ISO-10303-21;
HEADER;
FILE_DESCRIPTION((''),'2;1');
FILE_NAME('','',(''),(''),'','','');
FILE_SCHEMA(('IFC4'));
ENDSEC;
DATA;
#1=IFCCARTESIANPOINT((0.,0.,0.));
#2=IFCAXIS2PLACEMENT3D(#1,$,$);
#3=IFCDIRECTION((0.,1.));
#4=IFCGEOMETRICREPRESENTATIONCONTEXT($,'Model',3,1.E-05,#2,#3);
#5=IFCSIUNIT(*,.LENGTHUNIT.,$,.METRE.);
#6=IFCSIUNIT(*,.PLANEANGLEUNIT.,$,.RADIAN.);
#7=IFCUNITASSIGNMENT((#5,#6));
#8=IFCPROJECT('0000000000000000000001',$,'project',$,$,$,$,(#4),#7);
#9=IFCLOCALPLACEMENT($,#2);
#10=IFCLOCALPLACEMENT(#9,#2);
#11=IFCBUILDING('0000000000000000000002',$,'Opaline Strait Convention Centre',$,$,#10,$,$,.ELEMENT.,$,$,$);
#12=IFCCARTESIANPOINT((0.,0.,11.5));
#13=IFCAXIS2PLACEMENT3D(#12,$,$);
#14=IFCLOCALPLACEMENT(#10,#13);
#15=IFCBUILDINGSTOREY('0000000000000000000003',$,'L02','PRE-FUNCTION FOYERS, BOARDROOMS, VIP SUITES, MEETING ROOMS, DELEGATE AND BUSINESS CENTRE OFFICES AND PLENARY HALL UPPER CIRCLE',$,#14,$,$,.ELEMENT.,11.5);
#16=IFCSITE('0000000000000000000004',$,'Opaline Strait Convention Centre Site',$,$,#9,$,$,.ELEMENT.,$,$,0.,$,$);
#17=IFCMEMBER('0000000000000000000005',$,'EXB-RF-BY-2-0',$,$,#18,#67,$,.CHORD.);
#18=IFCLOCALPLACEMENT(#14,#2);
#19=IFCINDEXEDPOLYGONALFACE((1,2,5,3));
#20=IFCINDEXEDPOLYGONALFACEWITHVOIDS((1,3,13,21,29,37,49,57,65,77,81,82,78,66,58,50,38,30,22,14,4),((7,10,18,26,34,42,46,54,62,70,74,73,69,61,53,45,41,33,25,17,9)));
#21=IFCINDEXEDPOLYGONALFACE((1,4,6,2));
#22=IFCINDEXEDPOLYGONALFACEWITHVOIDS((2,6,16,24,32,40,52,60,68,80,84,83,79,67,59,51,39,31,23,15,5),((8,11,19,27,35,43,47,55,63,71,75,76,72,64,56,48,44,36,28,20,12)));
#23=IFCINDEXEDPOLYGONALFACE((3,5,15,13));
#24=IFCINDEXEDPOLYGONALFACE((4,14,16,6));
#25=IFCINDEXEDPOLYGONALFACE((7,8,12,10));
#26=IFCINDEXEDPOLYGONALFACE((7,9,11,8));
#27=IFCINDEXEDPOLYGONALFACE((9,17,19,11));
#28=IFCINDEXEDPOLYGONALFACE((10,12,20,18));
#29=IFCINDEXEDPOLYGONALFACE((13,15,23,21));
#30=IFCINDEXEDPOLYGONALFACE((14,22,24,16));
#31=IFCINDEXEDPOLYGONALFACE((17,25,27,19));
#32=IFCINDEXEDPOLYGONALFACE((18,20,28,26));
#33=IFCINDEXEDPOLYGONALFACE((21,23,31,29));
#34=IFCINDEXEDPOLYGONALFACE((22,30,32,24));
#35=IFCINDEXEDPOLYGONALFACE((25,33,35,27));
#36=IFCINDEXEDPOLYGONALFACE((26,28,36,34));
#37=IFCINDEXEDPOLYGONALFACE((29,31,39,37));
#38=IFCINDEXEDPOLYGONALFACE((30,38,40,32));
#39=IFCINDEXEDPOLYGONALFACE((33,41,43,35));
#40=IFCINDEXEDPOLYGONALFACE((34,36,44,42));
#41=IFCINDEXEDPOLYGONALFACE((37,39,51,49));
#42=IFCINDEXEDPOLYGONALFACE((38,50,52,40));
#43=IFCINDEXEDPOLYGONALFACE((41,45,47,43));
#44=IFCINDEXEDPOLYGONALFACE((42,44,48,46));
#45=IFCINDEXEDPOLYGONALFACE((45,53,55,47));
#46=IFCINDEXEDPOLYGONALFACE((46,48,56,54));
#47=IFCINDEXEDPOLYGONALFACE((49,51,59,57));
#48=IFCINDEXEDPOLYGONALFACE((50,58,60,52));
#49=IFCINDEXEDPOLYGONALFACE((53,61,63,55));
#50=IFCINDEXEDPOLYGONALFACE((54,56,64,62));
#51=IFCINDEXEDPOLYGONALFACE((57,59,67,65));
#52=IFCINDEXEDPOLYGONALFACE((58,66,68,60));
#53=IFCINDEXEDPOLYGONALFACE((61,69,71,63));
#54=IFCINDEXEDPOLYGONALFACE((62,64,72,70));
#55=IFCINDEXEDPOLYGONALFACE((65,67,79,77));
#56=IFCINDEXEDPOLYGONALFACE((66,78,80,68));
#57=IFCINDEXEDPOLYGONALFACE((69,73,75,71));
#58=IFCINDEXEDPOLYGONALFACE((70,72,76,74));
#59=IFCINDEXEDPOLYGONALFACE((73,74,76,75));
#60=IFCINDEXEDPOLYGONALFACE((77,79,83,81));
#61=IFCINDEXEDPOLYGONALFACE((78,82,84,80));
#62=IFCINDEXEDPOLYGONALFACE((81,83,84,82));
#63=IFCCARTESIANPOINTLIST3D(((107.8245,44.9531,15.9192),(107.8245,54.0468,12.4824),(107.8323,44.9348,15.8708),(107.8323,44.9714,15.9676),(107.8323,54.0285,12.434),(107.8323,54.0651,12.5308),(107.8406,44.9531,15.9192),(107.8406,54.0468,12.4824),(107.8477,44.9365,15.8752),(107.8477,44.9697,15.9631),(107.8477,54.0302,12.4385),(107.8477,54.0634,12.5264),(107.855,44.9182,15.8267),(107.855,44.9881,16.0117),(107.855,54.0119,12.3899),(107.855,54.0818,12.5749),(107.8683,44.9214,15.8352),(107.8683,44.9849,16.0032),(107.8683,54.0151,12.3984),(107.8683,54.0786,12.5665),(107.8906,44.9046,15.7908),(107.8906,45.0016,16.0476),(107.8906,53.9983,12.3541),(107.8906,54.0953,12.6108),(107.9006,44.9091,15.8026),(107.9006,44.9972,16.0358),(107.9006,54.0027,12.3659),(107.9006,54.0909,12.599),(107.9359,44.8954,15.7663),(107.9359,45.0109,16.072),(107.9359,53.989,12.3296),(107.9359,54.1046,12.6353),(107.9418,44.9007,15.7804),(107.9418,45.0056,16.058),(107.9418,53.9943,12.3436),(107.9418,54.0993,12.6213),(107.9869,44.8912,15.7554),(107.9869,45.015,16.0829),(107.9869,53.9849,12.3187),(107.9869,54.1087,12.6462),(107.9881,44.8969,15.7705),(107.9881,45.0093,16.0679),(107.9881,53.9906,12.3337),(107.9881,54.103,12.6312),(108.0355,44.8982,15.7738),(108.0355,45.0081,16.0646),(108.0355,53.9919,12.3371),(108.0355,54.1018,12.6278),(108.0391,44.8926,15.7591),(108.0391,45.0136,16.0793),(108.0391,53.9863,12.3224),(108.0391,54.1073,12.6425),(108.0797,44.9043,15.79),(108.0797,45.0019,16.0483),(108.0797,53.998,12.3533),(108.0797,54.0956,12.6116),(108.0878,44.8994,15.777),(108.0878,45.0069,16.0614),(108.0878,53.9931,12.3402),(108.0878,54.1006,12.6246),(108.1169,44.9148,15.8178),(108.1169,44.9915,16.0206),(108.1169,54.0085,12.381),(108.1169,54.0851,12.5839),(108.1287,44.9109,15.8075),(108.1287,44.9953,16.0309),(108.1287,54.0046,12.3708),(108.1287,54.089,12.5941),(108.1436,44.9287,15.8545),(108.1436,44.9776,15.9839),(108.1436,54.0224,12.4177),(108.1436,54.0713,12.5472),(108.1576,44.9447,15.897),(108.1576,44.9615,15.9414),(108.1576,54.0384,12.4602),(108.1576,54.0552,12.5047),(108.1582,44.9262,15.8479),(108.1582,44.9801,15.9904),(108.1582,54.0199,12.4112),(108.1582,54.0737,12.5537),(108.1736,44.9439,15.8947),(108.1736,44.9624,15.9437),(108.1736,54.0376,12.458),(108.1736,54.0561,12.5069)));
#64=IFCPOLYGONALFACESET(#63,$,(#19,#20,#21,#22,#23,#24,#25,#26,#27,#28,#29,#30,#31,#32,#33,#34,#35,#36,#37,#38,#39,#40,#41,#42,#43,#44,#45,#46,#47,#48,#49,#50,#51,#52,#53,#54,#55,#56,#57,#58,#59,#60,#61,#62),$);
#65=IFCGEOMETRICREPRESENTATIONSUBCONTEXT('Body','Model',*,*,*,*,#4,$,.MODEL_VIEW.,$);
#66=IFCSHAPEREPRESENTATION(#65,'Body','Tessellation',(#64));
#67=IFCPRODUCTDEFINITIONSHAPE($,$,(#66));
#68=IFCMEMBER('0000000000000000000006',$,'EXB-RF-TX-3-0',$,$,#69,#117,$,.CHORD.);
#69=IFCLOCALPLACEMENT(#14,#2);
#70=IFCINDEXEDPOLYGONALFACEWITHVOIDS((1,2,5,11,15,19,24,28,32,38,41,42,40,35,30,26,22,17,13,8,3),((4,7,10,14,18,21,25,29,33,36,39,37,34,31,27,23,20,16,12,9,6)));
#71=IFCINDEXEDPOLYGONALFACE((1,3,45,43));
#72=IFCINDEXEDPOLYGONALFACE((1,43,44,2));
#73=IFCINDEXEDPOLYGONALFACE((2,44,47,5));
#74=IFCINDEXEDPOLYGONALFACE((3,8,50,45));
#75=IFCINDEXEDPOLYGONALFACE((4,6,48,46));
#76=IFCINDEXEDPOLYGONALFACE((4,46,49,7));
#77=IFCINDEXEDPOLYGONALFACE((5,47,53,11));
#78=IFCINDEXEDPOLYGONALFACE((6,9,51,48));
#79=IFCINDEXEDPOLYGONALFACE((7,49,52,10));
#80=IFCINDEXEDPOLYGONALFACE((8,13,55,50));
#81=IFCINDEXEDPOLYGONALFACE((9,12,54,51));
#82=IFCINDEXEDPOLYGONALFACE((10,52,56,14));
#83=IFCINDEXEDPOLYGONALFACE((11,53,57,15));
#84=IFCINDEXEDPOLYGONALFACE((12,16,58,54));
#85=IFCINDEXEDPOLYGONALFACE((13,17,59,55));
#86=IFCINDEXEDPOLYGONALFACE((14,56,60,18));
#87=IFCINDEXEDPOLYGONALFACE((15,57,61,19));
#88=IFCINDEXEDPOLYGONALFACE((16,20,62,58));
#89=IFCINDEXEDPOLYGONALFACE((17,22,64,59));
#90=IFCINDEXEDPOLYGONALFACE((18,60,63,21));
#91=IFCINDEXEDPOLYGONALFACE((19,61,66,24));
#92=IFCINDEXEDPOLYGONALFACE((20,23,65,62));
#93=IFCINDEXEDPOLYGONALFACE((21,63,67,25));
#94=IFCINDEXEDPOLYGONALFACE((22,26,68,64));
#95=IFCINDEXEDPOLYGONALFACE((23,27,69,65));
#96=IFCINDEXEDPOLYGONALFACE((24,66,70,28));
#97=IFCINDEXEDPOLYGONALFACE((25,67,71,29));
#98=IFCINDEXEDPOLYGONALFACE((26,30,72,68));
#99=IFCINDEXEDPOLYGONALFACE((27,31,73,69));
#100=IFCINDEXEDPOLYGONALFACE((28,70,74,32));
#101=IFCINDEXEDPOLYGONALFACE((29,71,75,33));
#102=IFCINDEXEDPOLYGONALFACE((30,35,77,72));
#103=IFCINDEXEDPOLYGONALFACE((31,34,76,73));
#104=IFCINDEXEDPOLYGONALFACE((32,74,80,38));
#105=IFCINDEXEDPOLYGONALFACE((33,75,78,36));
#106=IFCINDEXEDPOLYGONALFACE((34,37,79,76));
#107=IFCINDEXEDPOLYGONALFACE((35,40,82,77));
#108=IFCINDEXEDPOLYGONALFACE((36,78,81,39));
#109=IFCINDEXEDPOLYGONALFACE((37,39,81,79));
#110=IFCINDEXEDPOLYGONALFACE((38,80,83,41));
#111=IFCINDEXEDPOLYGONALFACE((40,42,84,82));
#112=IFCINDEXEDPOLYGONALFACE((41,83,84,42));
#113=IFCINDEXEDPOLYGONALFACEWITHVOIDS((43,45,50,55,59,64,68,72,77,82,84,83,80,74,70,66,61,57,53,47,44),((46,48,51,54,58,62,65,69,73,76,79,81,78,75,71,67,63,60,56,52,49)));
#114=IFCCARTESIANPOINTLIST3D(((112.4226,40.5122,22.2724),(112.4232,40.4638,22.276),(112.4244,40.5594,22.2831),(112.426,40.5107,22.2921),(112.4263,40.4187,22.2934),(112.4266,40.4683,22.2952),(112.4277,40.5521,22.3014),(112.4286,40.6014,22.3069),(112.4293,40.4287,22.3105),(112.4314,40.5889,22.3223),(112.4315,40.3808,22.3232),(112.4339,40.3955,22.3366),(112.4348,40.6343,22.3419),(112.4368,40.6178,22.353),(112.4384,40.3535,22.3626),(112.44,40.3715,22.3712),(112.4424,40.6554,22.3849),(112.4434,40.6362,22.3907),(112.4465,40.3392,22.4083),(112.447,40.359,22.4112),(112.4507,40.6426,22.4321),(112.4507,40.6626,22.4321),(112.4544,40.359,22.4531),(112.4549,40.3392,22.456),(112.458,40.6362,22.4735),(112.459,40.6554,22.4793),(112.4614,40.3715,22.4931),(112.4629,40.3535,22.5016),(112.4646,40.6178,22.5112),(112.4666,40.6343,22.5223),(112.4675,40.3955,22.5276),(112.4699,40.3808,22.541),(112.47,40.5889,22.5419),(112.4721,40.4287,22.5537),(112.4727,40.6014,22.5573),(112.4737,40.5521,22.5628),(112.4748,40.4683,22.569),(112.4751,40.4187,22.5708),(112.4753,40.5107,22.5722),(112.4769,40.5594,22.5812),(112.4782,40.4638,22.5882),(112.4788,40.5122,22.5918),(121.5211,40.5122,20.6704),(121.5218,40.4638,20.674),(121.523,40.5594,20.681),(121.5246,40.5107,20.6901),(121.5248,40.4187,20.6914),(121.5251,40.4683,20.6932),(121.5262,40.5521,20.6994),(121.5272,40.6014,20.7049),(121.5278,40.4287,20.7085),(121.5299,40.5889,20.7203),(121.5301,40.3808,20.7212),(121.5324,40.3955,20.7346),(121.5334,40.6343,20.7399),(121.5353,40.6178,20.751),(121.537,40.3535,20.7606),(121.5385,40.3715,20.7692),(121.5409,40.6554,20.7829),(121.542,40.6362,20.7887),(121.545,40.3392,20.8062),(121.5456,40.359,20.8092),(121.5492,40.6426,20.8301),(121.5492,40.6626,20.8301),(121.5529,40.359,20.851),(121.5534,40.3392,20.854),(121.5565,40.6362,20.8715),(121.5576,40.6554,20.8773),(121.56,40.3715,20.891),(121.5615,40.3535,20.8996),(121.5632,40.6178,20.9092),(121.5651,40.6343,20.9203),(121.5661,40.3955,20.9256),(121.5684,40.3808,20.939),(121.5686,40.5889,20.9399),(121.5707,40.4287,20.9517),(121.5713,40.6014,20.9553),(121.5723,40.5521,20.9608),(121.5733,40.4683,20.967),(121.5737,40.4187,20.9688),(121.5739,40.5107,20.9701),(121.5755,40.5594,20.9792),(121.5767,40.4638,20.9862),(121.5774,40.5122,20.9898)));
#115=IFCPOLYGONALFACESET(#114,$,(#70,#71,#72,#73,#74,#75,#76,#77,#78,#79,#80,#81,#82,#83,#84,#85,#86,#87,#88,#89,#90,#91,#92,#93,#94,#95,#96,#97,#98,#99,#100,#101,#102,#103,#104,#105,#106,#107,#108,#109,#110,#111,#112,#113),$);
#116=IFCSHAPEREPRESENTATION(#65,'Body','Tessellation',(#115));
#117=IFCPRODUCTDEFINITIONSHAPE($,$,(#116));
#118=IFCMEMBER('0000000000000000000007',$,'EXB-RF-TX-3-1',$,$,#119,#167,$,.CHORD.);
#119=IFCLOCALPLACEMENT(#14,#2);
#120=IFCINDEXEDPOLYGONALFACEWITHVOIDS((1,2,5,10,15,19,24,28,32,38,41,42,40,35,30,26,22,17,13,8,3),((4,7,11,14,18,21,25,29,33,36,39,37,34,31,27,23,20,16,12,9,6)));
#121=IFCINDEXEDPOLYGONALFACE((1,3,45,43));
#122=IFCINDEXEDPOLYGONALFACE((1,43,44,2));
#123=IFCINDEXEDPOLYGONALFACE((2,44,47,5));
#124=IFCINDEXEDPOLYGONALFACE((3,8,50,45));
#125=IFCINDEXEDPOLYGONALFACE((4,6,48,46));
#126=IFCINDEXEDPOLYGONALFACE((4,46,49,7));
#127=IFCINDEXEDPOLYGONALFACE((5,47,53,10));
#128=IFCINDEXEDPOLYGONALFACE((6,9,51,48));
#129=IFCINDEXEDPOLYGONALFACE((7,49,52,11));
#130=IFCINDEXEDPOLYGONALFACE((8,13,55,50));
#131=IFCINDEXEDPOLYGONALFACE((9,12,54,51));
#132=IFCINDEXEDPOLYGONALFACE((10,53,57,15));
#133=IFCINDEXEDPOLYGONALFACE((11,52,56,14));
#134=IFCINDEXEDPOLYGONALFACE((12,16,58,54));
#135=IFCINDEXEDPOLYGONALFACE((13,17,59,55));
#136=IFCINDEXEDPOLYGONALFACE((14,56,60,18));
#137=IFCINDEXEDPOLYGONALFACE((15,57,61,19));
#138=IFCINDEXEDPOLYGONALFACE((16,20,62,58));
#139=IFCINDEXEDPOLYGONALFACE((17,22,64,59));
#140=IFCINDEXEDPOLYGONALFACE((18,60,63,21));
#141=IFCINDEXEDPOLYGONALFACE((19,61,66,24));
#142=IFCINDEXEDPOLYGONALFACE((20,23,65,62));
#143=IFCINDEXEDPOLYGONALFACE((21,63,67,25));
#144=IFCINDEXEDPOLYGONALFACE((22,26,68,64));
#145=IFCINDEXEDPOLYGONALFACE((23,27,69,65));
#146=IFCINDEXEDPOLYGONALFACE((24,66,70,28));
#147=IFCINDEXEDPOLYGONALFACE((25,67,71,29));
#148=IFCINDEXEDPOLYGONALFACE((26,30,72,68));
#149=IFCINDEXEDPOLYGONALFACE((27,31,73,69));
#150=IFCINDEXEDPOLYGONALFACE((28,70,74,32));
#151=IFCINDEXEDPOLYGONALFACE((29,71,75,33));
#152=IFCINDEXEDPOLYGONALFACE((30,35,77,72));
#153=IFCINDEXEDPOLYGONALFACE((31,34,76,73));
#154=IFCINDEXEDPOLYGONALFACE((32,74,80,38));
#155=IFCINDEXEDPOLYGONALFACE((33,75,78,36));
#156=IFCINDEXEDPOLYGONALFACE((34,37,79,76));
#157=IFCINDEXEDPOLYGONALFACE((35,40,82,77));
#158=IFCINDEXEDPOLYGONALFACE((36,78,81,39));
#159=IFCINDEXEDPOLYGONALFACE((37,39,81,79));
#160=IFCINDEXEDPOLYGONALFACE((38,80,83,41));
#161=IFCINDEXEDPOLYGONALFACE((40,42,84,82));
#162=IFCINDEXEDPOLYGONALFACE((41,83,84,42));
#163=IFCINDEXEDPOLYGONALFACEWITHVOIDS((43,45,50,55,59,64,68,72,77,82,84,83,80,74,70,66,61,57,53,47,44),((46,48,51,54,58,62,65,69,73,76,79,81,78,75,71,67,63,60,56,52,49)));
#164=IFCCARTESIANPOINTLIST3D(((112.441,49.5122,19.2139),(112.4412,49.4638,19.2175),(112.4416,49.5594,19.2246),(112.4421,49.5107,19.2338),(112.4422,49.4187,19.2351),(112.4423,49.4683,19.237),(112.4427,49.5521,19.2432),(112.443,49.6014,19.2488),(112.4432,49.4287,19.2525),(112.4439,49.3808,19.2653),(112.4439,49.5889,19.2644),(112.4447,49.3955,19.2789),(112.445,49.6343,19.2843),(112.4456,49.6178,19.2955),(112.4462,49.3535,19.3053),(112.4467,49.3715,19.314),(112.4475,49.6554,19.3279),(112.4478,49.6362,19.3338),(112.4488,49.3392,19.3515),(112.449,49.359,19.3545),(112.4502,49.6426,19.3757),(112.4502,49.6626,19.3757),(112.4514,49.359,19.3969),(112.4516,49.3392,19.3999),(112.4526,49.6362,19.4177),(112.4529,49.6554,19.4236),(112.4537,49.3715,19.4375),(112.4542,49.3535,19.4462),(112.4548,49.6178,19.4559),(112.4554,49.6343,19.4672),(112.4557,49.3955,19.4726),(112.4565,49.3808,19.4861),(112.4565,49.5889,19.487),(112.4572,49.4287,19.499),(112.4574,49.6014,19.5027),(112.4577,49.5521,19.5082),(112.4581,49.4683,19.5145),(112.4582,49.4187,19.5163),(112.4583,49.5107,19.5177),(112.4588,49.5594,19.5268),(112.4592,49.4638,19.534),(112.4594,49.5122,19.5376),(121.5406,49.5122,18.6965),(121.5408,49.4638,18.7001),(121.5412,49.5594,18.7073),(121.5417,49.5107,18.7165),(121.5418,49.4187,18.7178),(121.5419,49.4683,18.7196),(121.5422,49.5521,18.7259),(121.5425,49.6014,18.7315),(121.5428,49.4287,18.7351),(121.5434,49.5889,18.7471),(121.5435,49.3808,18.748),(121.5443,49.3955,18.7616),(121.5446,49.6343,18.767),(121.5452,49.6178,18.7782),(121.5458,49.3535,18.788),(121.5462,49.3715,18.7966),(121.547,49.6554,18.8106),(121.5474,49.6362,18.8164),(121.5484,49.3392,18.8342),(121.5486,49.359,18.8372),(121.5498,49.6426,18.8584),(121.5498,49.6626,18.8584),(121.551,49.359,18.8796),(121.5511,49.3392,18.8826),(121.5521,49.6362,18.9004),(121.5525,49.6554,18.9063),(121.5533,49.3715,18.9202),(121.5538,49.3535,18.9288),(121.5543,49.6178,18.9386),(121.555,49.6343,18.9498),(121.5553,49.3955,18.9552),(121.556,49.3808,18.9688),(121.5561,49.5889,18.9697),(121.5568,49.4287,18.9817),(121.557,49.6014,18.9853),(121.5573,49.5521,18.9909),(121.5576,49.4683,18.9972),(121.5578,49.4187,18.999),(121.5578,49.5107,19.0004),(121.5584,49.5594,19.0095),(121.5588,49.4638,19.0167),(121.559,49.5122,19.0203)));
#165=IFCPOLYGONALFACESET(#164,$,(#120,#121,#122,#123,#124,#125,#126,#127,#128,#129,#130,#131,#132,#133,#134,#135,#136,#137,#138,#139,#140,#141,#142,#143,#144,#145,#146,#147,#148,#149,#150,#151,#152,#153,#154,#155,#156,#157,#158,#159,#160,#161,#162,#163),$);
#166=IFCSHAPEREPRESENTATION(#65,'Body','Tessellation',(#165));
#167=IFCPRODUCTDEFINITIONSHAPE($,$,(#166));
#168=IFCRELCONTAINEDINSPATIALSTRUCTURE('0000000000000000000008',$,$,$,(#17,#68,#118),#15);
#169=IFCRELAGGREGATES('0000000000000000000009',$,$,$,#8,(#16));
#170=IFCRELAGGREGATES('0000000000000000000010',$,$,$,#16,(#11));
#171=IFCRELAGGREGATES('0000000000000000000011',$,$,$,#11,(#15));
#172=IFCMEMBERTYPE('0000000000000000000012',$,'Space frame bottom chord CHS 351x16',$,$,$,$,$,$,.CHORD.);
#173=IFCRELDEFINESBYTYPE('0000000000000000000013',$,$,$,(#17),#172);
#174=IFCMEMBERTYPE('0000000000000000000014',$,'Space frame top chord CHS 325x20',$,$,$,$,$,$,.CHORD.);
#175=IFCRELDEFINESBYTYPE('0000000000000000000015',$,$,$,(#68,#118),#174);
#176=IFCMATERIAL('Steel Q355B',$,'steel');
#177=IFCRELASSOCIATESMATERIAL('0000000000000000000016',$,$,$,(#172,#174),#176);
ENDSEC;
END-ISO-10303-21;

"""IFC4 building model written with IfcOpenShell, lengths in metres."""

from ifc_helpers import new_model, si_unit, direction, frame, origin, origin_2d, place, context, subcontext, project, spatial, hollow_circle, extrude, material, material_profile, profile_set, type_object, element, save


model = new_model("IFC4")

# Units and contexts
model_context = context("Model", 3, precision=1e-05, world=origin(), true_north=direction((0.0, 1.0)))
body_context = subcontext(model_context, "Body", "Model", "MODEL_VIEW")
ifc_project = project(units=[si_unit("LENGTHUNIT", "METRE"), si_unit("PLANEANGLEUNIT", "RADIAN")], contexts=[model_context])

# Site, building, storey
site_placement = place(None, origin())
site = spatial("IfcSite", under=ifc_project, at=site_placement, Name="Opaline Strait Convention Centre Site", CompositionType="ELEMENT", RefElevation=0.0)
building_placement = place(site_placement, origin())
building = spatial("IfcBuilding", under=site, at=building_placement, Name="Opaline Strait Convention Centre", CompositionType="ELEMENT")
storey_placement = place(building_placement, frame((0.0, 0.0, 11.5)))
storey = spatial("IfcBuildingStorey", under=building, at=storey_placement, Name="L02", Description="PRE-FUNCTION FOYERS, BOARDROOMS, VIP SUITES, MEETING ROOMS, DELEGATE AND BUSINESS CENTRE OFFICES AND PLENARY HALL UPPER CIRCLE", CompositionType="ELEMENT", Elevation=11.5)

# Members
ifc_material_1 = material(Name="Steel Q355B", Category="steel")
ifc_material_profile_1 = material_profile(ifc_material_1, hollow_circle(Radius=0.1755, WallThickness=0.0161, at=origin_2d()), Name="CHS 351x16")
ifc_profile_set_1 = profile_set([ifc_material_profile_1], Name="Steel Q355B")
member_type_1 = type_object("IfcMemberType", Name="Space frame bottom chord CHS 351x16", PredefinedType="CHORD", material=ifc_profile_set_1)
member_1_placement = place(storey_placement, frame((108.0, 44.9531, 15.9192), z_axis=(0.0, 0.935426, -0.353522), x_axis=(-1.0, 0.0, 0.0)))
element("IfcMember", 1, at=member_1_placement, inside=storey, type_object=member_type_1, Name="EXB-RF-BY-2-0", PredefinedType="CHORD", context=body_context, shape_type="SweptSolid", body=[
    extrude(hollow_circle(Radius=0.1755, WallThickness=0.0161, at=origin_2d()), origin(), (0.0, 0.0, 1.0), 9.7214),
])
ifc_material_profile_2 = material_profile(ifc_material_1, hollow_circle(Radius=0.1626, WallThickness=0.02, at=origin_2d()), Name="CHS 325x20")
ifc_profile_set_2 = profile_set([ifc_material_profile_2], Name="Steel Q355B")
member_type_2 = type_object("IfcMemberType", Name="Space frame top chord CHS 325x20", PredefinedType="CHORD", material=ifc_profile_set_2)
member_2_placement = place(storey_placement, frame((112.4507, 40.5, 22.4321), z_axis=(0.98485, 0.0, -0.173408), x_axis=(0.0, 1.0, 0.0)))
element("IfcMember", 2, at=member_2_placement, inside=storey, type_object=member_type_2, Name="EXB-RF-TX-3-0", PredefinedType="CHORD", context=body_context, shape_type="SweptSolid", body=[
    extrude(hollow_circle(Radius=0.1626, WallThickness=0.02, at=origin_2d()), origin(), (0.0, 0.0, 1.0), 9.2385),
])
member_3_placement = place(storey_placement, frame((112.4502, 49.5, 19.3757), z_axis=(0.998388, 0.0, -0.056761), x_axis=(0.0, 1.0, 0.0)))
element("IfcMember", 3, at=member_3_placement, inside=storey, type_object=member_type_2, Name="EXB-RF-TX-3-1", PredefinedType="CHORD", context=body_context, shape_type="SweptSolid", body=[
    extrude(hollow_circle(Radius=0.1626, WallThickness=0.02, at=origin_2d()), origin(), (0.0, 0.0, 1.0), 9.1143),
])

save(model, "model.ifc")
